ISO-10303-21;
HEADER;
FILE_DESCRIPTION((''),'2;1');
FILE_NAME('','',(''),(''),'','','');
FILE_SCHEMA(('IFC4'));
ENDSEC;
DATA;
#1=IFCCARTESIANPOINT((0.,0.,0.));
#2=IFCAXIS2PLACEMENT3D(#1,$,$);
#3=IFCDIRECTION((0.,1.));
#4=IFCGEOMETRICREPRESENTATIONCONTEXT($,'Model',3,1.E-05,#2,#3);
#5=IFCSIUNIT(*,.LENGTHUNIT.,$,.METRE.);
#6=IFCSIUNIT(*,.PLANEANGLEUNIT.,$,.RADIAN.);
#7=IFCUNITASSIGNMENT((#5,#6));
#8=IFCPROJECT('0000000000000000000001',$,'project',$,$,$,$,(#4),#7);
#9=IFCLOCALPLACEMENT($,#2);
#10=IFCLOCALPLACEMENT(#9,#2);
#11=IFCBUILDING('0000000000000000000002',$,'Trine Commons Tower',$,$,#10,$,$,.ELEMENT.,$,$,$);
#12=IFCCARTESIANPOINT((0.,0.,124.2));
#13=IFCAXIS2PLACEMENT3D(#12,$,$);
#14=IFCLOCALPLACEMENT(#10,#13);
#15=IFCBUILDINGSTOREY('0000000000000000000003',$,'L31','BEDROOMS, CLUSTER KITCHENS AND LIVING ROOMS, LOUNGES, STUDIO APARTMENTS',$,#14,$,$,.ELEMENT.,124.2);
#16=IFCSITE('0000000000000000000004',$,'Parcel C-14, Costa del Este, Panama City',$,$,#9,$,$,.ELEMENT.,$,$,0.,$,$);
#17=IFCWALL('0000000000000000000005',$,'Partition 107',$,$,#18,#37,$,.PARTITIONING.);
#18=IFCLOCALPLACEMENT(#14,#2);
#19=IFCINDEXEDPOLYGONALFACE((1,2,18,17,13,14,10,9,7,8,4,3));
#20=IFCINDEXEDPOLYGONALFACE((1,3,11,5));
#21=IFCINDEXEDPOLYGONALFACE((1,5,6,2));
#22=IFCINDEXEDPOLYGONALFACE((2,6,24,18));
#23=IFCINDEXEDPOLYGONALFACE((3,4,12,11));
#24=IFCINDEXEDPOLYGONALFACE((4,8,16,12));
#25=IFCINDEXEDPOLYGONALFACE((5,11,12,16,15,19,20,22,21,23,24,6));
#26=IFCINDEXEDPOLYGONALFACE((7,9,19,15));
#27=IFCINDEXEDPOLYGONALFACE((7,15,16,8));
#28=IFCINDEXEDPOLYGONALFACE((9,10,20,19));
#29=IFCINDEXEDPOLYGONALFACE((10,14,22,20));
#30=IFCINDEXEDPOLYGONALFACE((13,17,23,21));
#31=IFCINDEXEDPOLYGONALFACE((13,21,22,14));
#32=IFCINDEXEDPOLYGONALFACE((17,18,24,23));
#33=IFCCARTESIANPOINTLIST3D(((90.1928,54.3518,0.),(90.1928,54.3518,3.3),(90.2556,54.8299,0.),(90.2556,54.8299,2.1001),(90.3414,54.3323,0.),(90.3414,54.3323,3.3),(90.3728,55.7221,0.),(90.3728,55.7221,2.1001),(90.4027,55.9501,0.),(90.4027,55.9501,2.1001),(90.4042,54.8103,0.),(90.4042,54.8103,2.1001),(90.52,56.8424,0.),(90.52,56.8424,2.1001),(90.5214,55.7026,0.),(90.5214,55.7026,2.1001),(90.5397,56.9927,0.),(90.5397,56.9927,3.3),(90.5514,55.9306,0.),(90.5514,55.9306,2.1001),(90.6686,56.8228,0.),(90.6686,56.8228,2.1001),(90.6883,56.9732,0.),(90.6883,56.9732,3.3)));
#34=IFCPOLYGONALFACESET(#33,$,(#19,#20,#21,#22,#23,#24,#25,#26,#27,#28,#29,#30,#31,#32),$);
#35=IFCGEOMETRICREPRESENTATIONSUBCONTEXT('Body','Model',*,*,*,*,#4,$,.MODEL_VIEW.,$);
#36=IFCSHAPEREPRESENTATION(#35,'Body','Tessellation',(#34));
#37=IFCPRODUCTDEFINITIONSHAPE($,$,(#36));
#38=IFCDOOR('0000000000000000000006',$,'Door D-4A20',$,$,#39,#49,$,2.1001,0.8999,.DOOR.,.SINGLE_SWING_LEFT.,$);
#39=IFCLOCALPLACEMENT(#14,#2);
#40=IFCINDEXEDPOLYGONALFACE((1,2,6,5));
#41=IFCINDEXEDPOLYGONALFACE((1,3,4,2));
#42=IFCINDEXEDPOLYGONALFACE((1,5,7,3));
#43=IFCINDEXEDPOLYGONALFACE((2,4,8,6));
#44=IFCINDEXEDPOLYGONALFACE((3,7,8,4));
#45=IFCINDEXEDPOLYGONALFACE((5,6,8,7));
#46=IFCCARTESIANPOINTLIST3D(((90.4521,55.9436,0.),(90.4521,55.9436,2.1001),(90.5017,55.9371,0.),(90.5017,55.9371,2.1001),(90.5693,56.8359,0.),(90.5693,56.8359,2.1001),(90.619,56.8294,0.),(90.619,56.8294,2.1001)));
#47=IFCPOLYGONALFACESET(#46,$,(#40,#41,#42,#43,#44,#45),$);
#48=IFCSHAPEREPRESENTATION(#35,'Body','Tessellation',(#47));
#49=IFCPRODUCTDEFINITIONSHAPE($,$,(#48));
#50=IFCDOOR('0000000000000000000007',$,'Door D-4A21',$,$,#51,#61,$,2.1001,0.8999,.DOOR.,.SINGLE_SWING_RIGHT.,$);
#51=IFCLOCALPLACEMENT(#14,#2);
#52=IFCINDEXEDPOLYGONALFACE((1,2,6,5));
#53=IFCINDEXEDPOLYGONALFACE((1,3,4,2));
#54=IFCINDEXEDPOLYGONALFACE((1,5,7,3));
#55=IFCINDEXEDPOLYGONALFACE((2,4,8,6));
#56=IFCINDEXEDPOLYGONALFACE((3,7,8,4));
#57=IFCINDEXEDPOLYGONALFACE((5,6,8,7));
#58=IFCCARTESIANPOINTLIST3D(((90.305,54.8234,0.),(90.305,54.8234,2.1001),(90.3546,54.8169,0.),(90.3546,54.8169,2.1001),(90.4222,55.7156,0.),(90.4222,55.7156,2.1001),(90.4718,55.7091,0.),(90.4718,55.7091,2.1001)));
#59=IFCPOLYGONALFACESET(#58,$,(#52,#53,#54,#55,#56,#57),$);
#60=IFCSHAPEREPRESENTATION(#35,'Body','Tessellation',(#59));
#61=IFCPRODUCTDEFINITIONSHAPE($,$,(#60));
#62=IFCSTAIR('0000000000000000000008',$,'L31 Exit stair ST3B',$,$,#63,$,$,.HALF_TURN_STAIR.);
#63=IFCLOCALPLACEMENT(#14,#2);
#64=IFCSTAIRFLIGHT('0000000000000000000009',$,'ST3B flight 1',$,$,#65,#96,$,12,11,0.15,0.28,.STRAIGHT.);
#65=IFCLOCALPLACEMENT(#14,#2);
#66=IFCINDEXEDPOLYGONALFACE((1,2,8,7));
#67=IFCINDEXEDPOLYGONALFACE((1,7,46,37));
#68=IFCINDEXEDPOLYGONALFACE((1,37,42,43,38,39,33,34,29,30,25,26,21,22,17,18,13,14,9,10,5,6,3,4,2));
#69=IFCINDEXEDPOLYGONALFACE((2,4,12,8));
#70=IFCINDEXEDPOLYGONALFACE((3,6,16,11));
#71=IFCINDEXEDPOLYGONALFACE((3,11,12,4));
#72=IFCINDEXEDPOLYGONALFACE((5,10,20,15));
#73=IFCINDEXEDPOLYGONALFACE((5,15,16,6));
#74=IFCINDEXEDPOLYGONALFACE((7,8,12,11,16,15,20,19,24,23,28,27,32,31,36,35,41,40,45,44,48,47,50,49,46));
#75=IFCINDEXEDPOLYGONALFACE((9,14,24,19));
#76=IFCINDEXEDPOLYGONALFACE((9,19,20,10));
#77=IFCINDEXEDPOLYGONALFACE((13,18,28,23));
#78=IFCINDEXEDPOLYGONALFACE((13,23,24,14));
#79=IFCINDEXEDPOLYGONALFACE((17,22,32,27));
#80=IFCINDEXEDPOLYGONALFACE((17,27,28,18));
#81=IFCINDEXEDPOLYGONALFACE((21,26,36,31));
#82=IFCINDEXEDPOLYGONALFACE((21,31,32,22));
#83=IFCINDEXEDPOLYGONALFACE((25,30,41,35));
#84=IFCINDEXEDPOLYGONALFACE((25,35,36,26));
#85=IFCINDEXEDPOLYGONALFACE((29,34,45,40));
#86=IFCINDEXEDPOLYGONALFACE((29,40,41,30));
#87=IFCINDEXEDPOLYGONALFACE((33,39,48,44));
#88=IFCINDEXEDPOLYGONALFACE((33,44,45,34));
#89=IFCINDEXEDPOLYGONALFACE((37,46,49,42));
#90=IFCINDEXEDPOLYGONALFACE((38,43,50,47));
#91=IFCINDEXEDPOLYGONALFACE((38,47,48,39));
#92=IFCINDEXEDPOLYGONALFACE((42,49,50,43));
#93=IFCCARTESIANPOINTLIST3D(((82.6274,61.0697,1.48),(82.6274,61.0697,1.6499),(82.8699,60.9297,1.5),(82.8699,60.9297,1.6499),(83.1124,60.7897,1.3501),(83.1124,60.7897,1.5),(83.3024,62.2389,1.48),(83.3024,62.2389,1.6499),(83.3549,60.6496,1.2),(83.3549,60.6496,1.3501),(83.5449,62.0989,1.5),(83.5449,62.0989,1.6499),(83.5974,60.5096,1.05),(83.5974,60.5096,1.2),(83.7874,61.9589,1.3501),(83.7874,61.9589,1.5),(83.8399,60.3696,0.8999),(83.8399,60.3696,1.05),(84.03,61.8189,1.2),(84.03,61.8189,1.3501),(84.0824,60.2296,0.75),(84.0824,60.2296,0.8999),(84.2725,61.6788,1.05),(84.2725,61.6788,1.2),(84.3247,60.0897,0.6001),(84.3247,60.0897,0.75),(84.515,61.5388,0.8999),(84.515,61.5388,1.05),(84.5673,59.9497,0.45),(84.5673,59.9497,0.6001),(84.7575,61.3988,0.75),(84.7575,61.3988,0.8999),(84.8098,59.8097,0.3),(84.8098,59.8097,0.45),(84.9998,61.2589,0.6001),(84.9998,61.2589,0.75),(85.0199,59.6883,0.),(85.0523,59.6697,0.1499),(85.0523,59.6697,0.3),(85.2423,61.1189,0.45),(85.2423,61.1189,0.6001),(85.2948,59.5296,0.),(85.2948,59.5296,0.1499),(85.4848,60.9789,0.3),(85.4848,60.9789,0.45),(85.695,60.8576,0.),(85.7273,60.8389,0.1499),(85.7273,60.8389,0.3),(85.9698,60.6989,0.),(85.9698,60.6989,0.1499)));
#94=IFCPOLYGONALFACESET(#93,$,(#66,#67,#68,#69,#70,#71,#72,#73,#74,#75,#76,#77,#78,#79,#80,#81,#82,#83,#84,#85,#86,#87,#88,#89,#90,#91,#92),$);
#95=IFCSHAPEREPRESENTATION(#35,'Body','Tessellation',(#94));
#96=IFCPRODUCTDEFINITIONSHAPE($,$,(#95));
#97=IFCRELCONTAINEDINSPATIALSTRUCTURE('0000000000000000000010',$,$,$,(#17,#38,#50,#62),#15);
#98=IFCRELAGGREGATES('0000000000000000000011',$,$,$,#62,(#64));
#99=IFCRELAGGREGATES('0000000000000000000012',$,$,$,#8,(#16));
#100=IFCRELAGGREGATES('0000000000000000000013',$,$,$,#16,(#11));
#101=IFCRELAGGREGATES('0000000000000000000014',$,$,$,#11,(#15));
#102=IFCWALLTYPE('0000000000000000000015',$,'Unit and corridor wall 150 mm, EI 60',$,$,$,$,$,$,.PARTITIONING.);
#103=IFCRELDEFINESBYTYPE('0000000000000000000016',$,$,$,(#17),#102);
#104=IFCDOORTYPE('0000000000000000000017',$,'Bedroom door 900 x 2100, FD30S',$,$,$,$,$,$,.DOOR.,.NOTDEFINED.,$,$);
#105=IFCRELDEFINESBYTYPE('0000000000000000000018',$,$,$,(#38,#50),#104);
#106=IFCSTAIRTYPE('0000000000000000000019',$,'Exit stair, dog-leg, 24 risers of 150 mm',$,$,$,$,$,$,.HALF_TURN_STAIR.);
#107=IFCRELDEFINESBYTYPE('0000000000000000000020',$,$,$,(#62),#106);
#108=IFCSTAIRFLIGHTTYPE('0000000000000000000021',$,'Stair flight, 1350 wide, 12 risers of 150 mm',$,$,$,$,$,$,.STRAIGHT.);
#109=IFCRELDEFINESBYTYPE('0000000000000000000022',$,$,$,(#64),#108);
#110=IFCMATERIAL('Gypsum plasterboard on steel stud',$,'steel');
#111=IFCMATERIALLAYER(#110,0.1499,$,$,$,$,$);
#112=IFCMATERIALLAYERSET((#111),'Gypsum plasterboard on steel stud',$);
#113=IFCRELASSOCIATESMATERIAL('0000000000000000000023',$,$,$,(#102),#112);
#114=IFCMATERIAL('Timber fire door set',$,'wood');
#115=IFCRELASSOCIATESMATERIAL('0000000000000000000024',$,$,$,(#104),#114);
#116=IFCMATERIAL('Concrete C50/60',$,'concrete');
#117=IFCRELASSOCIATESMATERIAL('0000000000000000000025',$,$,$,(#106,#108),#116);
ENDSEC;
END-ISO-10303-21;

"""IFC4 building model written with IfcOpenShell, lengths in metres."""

from ifc_helpers import new_model, si_unit, direction, frame, frame_2d, origin, place, context, subcontext, project, spatial, polyline, rectangle, outline, extrude, material, layer, layer_set, type_object, element, fill, aggregate, save


model = new_model("IFC4")

# Units and contexts
model_context = context("Model", 3, precision=1e-05, world=origin(), true_north=direction((0.0, 1.0)))
body_context = subcontext(model_context, "Body", "Model", "MODEL_VIEW")
ifc_project = project(units=[si_unit("LENGTHUNIT", "METRE"), si_unit("PLANEANGLEUNIT", "RADIAN")], contexts=[model_context])

# Site, building, storey
site_placement = place(None, origin())
site = spatial("IfcSite", under=ifc_project, at=site_placement, Name="Parcel C-14, Costa del Este, Panama City", CompositionType="ELEMENT", RefElevation=0.0)
building_placement = place(site_placement, origin())
building = spatial("IfcBuilding", under=site, at=building_placement, Name="Trine Commons Tower", CompositionType="ELEMENT")
storey_placement = place(building_placement, frame((0.0, 0.0, 124.2)))
storey = spatial("IfcBuildingStorey", under=building, at=storey_placement, Name="L31", Description="BEDROOMS, CLUSTER KITCHENS AND LIVING ROOMS, LOUNGES, STUDIO APARTMENTS", CompositionType="ELEMENT", Elevation=124.2)

# Shared definitions
ifc_material_1 = material(Name="Gypsum plasterboard on steel stud", Category="steel")
ifc_layer_1 = layer(ifc_material_1, 0.1499)
ifc_layer_set_1 = layer_set([ifc_layer_1], Name="Gypsum plasterboard on steel stud")
wall_type_1 = type_object("IfcWallType", Name="Unit and corridor wall 150 mm, EI 60", PredefinedType="PARTITIONING", material=ifc_layer_set_1)

# Wall, openings, doors
wall_1_placement = place(storey_placement, frame((90.2671, 54.342, 0.0), z_axis=(0.0, 0.0, 1.0), x_axis=(0.130248, 0.991481, 0.0)))
wall_1 = element("IfcWall", 1, at=wall_1_placement, inside=storey, type_object=wall_type_1, Name="Partition 107", PredefinedType="PARTITIONING", context=body_context, shape_type="SweptSolid", body=[
    extrude(rectangle(XDim=2.6636, YDim=0.1499, at=frame_2d((1.3318, 0.0))), origin(), (0.0, 0.0, 1.0), 3.3),
])
opening_1_placement = place(wall_1_placement, frame((1.6121, 0.0, 0.0)))
opening_1 = element("IfcOpeningElement", 2, at=opening_1_placement, cuts=wall_1, PredefinedType="OPENING", context=body_context, shape_type="SweptSolid", body=[
    extrude(rectangle(XDim=0.8999, YDim=2.1001, at=frame_2d((0.45, 1.05))), frame((0.0, 0.085, 0.0), z_axis=(0.0, -1.0, 0.0), x_axis=(1.0, 0.0, 0.0)), (0.0, 0.0, 1.0), 0.1699),
])
opening_2_placement = place(wall_1_placement, frame((0.4822, 0.0, 0.0)))
opening_2 = element("IfcOpeningElement", 3, at=opening_2_placement, cuts=wall_1, PredefinedType="OPENING", context=body_context, shape_type="SweptSolid", body=[
    extrude(rectangle(XDim=0.8999, YDim=2.1001, at=frame_2d((0.45, 1.05))), frame((0.0, 0.085, 0.0), z_axis=(0.0, -1.0, 0.0), x_axis=(1.0, 0.0, 0.0)), (0.0, 0.0, 1.0), 0.1699),
])
ifc_material_2 = material(Name="Timber fire door set", Category="wood")
door_type_1 = type_object("IfcDoorType", Name="Bedroom door 900 x 2100, FD30S", OperationType="NOTDEFINED", PredefinedType="DOOR", material=ifc_material_2)
door_1_placement = place(opening_1_placement, frame((0.8999, 0.0, 0.0), z_axis=(0.0, 0.0, 1.0), x_axis=(-1.0, 0.0, 0.0)))
door_1 = element("IfcDoor", 4, at=door_1_placement, inside=storey, type_object=door_type_1, Name="Door D-4A20", OperationType="SINGLE_SWING_LEFT", OverallHeight=2.1001, OverallWidth=0.8999, PredefinedType="DOOR", context=body_context, shape_type="SweptSolid", body=[
    extrude(rectangle(XDim=0.8999, YDim=2.1001, at=frame_2d((0.45, 1.05))), frame((0.0, 0.0249, 0.0), z_axis=(0.0, -1.0, 0.0), x_axis=(1.0, 0.0, 0.0)), (0.0, 0.0, 1.0), 0.05),
])
fill(opening_1, door_1)
door_2_placement = place(opening_2_placement, frame((0.8999, 0.0, 0.0), z_axis=(0.0, 0.0, 1.0), x_axis=(-1.0, 0.0, 0.0)))
door_2 = element("IfcDoor", 5, at=door_2_placement, inside=storey, type_object=door_type_1, Name="Door D-4A21", OperationType="SINGLE_SWING_RIGHT", OverallHeight=2.1001, OverallWidth=0.8999, PredefinedType="DOOR", context=body_context, shape_type="SweptSolid", body=[
    extrude(rectangle(XDim=0.8999, YDim=2.1001, at=frame_2d((0.45, 1.05))), frame((0.0, 0.0249, 0.0), z_axis=(0.0, -1.0, 0.0), x_axis=(1.0, 0.0, 0.0)), (0.0, 0.0, 1.0), 0.05),
])
fill(opening_2, door_2)

# Stair, stair flight
ifc_material_3 = material(Name="Concrete C50/60", Category="concrete")
stair_type = type_object("IfcStairType", Name="Exit stair, dog-leg, 24 risers of 150 mm", PredefinedType="HALF_TURN_STAIR", material=ifc_material_3)
stair_placement = place(storey_placement, origin())
stair = element("IfcStair", 6, at=stair_placement, inside=storey, type_object=stair_type, Name="L31 Exit stair ST3B", PredefinedType="HALF_TURN_STAIR")
stair_flight_type = type_object("IfcStairFlightType", Name="Stair flight, 1350 wide, 12 risers of 150 mm", PredefinedType="STRAIGHT", material=ifc_material_3)
stair_flight_placement = place(storey_placement, frame((85.6323, 60.1143, 0.0), z_axis=(0.0, 0.0, 1.0), x_axis=(-0.866025, 0.5, 0.0)))
stair_flight = element("IfcStairFlight", 7, at=stair_flight_placement, type_object=stair_flight_type, Name="ST3B flight 1", NumberOfRisers=12, NumberOfTreads=11, PredefinedType="STRAIGHT", RiserHeight=0.15, TreadLength=0.28, context=body_context, shape_type="SweptSolid", body=[
    extrude(outline(polyline([(0.0, 0.0), (0.0, 0.1499), (0.28, 0.1499), (0.28, 0.3), (0.5601, 0.3), (0.5601, 0.45), (0.8401, 0.45), (0.8401, 0.6001), (1.1201, 0.6001), (1.1201, 0.75), (1.3999, 0.75), (1.3999, 0.8999), (1.6799, 0.8999), (1.6799, 1.05), (1.96, 1.05), (1.96, 1.2), (2.24, 1.2), (2.24, 1.3501), (2.52, 1.3501), (2.52, 1.5), (2.8, 1.5), (2.8, 1.6499), (3.0801, 1.6499), (3.0801, 1.8), (3.0801, 1.48), (0.3174, 0.0), (0.0, 0.0)])), frame((0.0, 0.675, 0.0), z_axis=(0.0, -1.0, 0.0), x_axis=(1.0, 0.0, 0.0)), (0.0, 0.0, 1.0), 1.3501),
])
aggregate(stair, [stair_flight])

save(model, "model.ifc")
